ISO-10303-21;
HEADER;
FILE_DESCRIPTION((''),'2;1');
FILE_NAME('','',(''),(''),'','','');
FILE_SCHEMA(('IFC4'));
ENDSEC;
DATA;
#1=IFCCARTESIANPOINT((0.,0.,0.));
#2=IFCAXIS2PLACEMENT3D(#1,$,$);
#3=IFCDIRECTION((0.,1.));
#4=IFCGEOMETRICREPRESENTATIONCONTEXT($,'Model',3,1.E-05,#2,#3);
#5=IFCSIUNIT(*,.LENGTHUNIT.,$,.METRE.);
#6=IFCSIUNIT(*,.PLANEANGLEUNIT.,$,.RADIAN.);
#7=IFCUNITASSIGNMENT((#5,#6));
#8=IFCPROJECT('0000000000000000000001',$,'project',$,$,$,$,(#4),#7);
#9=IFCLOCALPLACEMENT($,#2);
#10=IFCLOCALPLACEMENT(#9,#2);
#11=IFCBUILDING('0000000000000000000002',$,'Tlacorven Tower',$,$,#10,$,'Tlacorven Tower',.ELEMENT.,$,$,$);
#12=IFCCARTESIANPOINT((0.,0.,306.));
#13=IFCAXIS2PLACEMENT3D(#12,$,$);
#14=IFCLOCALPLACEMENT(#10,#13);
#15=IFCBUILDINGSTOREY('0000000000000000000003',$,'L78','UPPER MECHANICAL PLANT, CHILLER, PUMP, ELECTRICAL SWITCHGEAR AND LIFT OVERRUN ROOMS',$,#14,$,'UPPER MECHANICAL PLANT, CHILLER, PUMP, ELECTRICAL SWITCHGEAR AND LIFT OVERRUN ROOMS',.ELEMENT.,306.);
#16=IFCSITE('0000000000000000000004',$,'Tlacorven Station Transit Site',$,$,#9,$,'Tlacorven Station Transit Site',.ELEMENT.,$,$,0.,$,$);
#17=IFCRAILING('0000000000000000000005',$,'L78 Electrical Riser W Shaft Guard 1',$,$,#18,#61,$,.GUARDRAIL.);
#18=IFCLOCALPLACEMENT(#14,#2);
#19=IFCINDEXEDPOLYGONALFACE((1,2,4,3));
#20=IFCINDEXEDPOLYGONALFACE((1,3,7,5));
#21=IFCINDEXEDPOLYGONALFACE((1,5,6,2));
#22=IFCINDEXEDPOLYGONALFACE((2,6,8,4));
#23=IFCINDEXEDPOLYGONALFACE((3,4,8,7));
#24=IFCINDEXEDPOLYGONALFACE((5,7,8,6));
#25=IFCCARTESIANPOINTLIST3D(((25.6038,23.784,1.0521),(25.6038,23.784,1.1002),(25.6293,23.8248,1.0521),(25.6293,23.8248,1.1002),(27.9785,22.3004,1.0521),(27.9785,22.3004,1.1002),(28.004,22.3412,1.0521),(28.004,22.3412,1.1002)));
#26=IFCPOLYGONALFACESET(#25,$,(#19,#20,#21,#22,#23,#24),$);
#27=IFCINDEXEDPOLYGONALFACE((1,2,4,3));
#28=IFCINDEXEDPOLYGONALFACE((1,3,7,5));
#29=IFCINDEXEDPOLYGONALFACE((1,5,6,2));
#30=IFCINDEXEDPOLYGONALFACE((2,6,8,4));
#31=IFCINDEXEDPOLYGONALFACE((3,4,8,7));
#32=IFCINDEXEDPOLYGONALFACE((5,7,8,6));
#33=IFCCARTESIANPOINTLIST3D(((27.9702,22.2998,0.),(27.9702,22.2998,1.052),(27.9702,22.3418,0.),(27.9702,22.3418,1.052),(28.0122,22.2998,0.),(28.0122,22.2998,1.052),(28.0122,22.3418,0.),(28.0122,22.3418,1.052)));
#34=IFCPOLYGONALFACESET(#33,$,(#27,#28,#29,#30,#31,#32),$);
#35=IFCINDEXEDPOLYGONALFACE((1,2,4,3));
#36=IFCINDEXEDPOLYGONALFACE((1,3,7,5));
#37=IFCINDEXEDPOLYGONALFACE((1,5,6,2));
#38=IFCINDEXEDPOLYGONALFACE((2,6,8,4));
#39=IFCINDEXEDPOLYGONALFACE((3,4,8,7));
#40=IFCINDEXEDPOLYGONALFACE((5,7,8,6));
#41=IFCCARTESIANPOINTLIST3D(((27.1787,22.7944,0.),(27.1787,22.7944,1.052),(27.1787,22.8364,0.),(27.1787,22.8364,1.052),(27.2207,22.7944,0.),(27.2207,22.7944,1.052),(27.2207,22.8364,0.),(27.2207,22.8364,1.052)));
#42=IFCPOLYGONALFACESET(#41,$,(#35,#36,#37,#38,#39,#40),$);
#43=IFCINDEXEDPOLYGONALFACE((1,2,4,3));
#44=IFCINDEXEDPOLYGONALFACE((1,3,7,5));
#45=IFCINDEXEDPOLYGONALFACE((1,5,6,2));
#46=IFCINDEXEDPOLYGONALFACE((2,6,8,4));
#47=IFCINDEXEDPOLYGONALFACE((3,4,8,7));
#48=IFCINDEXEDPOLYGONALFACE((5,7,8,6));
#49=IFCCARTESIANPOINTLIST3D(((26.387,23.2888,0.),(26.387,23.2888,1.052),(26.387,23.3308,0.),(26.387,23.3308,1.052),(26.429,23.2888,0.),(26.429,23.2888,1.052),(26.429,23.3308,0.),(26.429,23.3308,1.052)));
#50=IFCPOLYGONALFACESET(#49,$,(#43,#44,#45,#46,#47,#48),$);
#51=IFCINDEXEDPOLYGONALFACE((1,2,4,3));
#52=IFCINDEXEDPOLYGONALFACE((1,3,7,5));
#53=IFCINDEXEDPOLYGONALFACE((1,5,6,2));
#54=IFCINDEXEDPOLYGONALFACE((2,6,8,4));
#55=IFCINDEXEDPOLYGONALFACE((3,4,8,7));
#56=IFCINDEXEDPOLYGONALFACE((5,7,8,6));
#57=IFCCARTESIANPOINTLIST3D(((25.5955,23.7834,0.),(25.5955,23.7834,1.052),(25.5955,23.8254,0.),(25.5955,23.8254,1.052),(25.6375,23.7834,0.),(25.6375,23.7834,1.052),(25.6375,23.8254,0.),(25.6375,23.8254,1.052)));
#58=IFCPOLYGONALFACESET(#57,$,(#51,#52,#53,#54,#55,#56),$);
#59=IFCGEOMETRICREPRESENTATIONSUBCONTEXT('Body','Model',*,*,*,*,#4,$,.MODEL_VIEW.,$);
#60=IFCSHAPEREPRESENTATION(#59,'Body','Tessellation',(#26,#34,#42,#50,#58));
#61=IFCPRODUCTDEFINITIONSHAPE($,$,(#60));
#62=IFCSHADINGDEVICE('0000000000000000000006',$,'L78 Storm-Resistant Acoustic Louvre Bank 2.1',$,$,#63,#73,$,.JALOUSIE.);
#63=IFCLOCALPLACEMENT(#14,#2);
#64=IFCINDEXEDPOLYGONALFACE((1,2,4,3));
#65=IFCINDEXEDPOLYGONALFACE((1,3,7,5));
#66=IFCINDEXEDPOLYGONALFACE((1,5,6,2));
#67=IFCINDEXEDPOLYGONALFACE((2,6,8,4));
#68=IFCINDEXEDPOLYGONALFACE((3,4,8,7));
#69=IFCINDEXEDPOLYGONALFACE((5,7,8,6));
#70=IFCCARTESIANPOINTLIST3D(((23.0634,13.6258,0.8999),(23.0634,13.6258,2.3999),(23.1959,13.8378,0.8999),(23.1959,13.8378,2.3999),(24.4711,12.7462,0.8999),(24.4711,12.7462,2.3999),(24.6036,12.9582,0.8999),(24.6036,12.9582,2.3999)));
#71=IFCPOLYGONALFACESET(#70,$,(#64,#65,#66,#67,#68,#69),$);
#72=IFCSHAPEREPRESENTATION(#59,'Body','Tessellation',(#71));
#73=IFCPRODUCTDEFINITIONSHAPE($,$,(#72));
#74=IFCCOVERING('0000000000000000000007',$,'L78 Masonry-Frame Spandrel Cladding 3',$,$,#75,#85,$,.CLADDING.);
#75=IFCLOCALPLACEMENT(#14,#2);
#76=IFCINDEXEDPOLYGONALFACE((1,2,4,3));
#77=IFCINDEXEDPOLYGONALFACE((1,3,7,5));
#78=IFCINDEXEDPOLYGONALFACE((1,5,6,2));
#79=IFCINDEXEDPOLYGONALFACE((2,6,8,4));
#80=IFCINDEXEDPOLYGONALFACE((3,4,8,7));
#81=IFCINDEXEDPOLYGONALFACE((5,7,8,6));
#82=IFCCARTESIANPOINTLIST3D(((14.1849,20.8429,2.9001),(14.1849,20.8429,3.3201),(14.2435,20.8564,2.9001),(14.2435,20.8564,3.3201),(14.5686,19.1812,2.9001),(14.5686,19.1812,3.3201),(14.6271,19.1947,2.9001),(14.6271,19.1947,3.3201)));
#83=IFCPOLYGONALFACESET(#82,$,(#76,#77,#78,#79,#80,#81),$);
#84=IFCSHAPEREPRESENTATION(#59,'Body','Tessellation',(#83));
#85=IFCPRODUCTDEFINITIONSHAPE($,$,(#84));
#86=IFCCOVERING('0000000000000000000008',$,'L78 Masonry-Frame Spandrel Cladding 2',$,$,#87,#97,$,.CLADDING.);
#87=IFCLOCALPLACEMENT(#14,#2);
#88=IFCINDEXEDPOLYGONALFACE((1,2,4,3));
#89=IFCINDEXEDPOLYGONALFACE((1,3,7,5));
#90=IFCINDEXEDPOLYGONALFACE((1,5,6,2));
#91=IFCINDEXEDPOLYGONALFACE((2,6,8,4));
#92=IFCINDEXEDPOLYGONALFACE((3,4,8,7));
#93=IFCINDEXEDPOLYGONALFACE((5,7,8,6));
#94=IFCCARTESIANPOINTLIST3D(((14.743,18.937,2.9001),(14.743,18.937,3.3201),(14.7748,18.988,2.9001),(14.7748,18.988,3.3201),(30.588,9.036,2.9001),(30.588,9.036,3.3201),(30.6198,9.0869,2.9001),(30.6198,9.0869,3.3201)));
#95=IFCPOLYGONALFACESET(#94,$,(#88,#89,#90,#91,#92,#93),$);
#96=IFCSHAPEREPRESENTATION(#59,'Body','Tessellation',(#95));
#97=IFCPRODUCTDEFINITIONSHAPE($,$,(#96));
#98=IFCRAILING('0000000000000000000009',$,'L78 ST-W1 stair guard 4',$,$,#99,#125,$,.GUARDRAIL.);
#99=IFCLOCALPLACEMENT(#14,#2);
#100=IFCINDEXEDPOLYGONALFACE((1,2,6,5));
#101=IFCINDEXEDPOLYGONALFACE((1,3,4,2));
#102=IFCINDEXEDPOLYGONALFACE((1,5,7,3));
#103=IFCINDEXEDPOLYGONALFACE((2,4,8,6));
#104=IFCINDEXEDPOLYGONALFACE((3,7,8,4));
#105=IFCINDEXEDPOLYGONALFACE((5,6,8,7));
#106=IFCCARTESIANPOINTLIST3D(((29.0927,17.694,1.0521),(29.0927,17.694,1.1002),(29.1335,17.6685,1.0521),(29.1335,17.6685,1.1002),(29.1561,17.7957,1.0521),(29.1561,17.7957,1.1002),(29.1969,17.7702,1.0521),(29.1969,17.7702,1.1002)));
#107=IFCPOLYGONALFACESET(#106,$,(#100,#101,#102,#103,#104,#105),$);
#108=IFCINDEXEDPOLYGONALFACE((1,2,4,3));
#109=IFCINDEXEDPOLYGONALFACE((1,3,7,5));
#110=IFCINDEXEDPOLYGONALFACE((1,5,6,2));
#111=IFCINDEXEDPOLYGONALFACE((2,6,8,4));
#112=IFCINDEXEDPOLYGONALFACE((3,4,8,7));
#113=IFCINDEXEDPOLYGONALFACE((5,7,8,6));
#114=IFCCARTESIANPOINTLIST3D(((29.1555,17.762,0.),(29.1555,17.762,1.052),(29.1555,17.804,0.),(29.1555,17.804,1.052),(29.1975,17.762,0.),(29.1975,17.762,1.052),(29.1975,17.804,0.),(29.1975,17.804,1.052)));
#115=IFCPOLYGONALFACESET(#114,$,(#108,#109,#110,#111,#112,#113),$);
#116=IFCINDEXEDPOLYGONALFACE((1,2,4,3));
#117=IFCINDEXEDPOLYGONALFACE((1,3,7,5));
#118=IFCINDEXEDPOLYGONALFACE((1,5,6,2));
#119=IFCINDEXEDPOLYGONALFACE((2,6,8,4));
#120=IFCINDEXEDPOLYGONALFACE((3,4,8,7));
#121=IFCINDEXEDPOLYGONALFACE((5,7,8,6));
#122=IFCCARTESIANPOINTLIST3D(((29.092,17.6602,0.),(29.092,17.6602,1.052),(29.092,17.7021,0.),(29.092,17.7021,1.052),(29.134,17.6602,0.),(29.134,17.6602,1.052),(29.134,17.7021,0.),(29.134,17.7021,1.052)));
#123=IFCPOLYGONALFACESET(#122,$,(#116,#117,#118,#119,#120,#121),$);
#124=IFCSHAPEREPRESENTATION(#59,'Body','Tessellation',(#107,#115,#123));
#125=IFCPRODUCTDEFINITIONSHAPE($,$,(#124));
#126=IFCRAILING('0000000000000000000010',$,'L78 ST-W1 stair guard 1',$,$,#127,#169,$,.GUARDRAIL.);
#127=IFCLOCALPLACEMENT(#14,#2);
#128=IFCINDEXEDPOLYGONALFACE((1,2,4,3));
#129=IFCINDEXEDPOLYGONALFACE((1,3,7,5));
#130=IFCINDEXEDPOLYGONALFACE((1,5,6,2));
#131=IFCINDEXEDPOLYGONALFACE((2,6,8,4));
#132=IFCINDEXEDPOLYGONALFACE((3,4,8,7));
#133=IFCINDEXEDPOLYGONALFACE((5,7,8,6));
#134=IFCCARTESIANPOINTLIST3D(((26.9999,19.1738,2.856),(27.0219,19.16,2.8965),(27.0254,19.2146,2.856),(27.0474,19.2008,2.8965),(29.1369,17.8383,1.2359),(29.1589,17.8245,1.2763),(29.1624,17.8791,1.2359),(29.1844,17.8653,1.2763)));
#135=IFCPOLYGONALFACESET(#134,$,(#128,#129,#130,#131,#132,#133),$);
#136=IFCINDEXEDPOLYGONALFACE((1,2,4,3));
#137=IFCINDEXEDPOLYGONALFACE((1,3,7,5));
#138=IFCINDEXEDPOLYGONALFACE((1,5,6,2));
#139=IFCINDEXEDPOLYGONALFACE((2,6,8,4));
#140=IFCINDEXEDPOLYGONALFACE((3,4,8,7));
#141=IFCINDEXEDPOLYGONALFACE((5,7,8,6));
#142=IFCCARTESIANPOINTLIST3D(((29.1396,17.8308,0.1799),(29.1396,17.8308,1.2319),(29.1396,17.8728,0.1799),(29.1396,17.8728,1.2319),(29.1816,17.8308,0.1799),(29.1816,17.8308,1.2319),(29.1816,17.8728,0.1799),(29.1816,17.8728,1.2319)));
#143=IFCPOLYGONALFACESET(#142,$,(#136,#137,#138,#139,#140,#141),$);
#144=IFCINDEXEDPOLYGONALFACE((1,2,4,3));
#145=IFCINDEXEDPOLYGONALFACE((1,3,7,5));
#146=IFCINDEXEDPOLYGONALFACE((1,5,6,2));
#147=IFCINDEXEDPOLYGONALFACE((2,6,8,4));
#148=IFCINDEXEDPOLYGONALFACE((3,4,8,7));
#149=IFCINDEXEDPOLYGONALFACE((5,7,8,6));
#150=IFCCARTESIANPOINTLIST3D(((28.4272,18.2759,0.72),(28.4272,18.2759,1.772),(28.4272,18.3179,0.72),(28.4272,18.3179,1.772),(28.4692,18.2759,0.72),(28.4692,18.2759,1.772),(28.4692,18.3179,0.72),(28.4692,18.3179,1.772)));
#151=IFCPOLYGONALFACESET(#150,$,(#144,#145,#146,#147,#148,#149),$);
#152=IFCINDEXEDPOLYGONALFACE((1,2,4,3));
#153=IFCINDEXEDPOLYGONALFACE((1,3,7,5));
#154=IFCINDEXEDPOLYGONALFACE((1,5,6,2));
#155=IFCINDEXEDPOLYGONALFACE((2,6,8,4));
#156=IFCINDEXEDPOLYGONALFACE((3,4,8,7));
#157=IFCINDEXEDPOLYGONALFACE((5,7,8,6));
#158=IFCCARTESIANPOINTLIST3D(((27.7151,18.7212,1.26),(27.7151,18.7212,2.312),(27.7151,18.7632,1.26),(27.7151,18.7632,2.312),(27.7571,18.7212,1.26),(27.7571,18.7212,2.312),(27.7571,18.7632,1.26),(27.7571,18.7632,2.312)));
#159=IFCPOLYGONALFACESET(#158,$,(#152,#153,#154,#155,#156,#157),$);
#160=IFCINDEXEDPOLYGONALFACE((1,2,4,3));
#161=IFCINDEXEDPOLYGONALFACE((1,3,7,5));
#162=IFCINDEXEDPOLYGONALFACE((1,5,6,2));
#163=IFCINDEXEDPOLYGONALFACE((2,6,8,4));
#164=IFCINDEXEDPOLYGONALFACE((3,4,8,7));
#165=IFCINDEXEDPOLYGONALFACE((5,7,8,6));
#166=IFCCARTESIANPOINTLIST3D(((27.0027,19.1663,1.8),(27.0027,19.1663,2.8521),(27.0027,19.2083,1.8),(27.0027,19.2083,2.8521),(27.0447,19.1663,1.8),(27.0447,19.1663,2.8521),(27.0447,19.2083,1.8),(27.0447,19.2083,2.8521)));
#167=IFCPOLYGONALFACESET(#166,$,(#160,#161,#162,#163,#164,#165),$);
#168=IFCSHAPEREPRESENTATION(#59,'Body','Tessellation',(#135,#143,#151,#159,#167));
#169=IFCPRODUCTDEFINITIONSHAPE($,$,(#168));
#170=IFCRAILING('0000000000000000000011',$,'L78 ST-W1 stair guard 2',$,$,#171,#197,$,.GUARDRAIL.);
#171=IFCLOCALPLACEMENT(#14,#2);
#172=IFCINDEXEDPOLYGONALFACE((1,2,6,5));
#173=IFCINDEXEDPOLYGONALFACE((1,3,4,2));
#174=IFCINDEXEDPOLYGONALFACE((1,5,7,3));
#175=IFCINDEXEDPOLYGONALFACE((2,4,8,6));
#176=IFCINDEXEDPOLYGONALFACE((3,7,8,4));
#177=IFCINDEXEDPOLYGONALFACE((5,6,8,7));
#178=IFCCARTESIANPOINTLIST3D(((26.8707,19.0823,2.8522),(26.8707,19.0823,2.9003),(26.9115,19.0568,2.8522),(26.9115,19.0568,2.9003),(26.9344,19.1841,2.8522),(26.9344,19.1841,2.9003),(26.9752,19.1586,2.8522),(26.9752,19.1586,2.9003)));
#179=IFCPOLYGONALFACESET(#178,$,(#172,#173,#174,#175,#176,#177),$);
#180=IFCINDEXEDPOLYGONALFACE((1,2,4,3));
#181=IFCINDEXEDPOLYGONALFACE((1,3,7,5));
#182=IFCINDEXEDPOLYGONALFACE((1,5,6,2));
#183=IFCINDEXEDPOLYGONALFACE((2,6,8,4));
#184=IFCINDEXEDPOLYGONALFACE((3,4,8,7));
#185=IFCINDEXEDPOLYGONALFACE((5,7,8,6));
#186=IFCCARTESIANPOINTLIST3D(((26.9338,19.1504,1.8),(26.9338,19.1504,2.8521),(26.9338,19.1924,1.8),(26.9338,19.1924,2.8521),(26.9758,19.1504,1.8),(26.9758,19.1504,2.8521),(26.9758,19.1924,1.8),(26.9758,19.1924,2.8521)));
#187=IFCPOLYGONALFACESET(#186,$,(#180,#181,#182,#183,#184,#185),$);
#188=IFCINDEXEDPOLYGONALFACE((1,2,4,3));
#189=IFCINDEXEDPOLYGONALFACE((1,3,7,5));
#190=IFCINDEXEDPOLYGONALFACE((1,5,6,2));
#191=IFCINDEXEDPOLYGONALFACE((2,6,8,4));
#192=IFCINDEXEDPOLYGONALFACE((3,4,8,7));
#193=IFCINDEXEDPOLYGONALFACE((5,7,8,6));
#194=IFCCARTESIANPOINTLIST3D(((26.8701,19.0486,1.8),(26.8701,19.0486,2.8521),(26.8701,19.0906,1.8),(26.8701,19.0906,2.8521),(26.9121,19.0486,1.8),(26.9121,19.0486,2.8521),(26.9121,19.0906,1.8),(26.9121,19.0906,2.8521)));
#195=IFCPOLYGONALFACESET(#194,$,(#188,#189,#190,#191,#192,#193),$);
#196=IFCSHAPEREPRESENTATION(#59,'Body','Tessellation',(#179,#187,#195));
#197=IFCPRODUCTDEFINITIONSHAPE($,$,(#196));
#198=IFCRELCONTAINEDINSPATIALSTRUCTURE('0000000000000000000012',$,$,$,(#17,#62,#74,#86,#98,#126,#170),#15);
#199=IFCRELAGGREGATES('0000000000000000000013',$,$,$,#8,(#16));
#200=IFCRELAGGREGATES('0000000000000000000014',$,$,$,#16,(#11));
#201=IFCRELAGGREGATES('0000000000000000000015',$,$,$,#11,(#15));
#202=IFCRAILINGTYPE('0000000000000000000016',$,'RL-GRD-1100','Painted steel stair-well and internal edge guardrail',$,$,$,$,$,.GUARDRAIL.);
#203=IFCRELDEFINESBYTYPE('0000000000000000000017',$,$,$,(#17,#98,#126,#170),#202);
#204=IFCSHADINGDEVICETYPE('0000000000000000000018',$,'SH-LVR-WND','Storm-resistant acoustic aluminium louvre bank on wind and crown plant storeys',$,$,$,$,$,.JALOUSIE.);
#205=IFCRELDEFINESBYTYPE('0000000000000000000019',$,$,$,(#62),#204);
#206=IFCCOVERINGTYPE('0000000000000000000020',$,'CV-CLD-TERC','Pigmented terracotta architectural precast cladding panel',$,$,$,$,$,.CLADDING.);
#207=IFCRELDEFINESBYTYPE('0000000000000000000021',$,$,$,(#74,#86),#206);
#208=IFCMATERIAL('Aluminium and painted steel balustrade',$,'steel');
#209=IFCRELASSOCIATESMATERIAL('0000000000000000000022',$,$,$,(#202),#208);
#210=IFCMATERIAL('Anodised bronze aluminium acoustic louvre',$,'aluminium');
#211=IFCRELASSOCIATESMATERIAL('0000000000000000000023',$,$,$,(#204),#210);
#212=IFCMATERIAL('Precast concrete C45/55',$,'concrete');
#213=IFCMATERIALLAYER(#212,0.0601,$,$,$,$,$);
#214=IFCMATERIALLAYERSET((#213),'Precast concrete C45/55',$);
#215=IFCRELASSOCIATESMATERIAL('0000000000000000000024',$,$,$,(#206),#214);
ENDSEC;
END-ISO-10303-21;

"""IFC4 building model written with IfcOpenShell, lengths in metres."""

from ifc_helpers import new_model, si_unit, direction, frame, origin, origin_2d, place, context, subcontext, project, spatial, rectangle, extrude, source, transform, mapped, material, layer, layer_set, type_object, element, save


model = new_model("IFC4")

# Units and contexts
model_context = context("Model", 3, precision=1e-05, world=origin(), true_north=direction((0.0, 1.0)))
body_context = subcontext(model_context, "Body", "Model", "MODEL_VIEW")
ifc_project = project(units=[si_unit("LENGTHUNIT", "METRE"), si_unit("PLANEANGLEUNIT", "RADIAN")], contexts=[model_context])

# Site, building, storey
site_placement = place(None, origin())
site = spatial("IfcSite", under=ifc_project, at=site_placement, Name="Tlacorven Station Transit Site", LongName="Tlacorven Station Transit Site", CompositionType="ELEMENT", RefElevation=0.0)
building_placement = place(site_placement, origin())
building = spatial("IfcBuilding", under=site, at=building_placement, Name="Tlacorven Tower", LongName="Tlacorven Tower", CompositionType="ELEMENT")
storey_placement = place(building_placement, frame((0.0, 0.0, 306.0)))
storey = spatial("IfcBuildingStorey", under=building, at=storey_placement, Name="L78", Description="UPPER MECHANICAL PLANT, CHILLER, PUMP, ELECTRICAL SWITCHGEAR AND LIFT OVERRUN ROOMS", LongName="UPPER MECHANICAL PLANT, CHILLER, PUMP, ELECTRICAL SWITCHGEAR AND LIFT OVERRUN ROOMS", CompositionType="ELEMENT", Elevation=306.0)

# Shared definitions
ifc_material_1 = material(Name="Precast concrete C45/55", Category="concrete")

# Railing
ifc_material_2 = material(Name="Aluminium and painted steel balustrade", Category="steel")
railing_type_1 = type_object("IfcRailingType", Name="RL-GRD-1100", Description="Painted steel stair-well and internal edge guardrail", PredefinedType="GUARDRAIL", material=ifc_material_2)
shared_shape_1 = source(origin(), body_context, "Body", "SweptSolid", [
    extrude(rectangle(XDim=0.0481, YDim=0.0481, at=origin_2d()), frame((0.0, 0.0, 1.0762), z_axis=(-0.848091, 0.52985, 0.0), x_axis=(-0.52985, -0.848091, 0.0)), (0.0, 0.0, 1.0), 2.8),
    extrude(rectangle(XDim=0.042, YDim=0.042, at=origin_2d()), origin(), (0.0, 0.0, 1.0), 1.052),
    extrude(rectangle(XDim=0.042, YDim=0.042, at=origin_2d()), frame((-0.7915, 0.4946, 0.0)), (0.0, 0.0, 1.0), 1.052),
    extrude(rectangle(XDim=0.042, YDim=0.042, at=origin_2d()), frame((-1.5833, 0.989, 0.0)), (0.0, 0.0, 1.0), 1.052),
    extrude(rectangle(XDim=0.042, YDim=0.042, at=origin_2d()), frame((-2.3748, 1.4836, 0.0)), (0.0, 0.0, 1.0), 1.052),
])
railing_1_placement = place(storey_placement, frame((27.9912, 22.3208, 0.0)))
element("IfcRailing", 1, at=railing_1_placement, inside=storey, type_object=railing_type_1, Name="L78 Electrical Riser W Shaft Guard 1", PredefinedType="GUARDRAIL", context=body_context, shape_type="MappedRepresentation", body=[
    mapped(shared_shape_1, transform((0.0, 0.0, 0.0), scale=1.0)),
])

# Shading device
ifc_material_3 = material(Name="Anodised bronze aluminium acoustic louvre", Category="aluminium")
shading_device_type = type_object("IfcShadingDeviceType", Name="SH-LVR-WND", Description="Storm-resistant acoustic aluminium louvre bank on wind and crown plant storeys", PredefinedType="JALOUSIE", material=ifc_material_3)
shared_shape_2 = source(origin(), body_context, "Body", "SweptSolid", [
    extrude(rectangle(XDim=1.6599, YDim=0.25, at=origin_2d()), origin(), (0.0, 0.0, 1.0), 1.5),
])
shading_device_placement = place(storey_placement, frame((23.8335, 13.292, 0.8999), z_axis=(0.0, 0.0, 1.0), x_axis=(-0.848048, 0.529919, 0.0)))
element("IfcShadingDevice", 2, at=shading_device_placement, inside=storey, type_object=shading_device_type, Name="L78 Storm-Resistant Acoustic Louvre Bank 2.1", PredefinedType="JALOUSIE", context=body_context, shape_type="MappedRepresentation", body=[
    mapped(shared_shape_2, transform((0.0, 0.0, 0.0), scale=1.0)),
])

# Coverings
ifc_layer_1 = layer(ifc_material_1, 0.0601)
ifc_layer_set_1 = layer_set([ifc_layer_1], Name="Precast concrete C45/55")
covering_type_1 = type_object("IfcCoveringType", Name="CV-CLD-TERC", Description="Pigmented terracotta architectural precast cladding panel", PredefinedType="CLADDING", material=ifc_layer_set_1)
shared_shape_3 = source(origin(), body_context, "Body", "SweptSolid", [
    extrude(rectangle(XDim=1.7053, YDim=0.0601, at=origin_2d()), origin(), (0.0, 0.0, 1.0), 0.4199),
])
covering_1_placement = place(storey_placement, frame((14.406, 20.0188, 2.9001), z_axis=(0.0, 0.0, 1.0), x_axis=(-0.224954, 0.974369, 0.0)))
element("IfcCovering", 3, at=covering_1_placement, inside=storey, type_object=covering_type_1, Name="L78 Masonry-Frame Spandrel Cladding 3", PredefinedType="CLADDING", context=body_context, shape_type="MappedRepresentation", body=[
    mapped(shared_shape_3, transform((0.0, 0.0, 0.0), scale=1.0)),
])
shared_shape_4 = source(origin(), body_context, "Body", "SweptSolid", [
    extrude(rectangle(XDim=18.6841, YDim=0.0601, at=origin_2d()), origin(), (0.0, 0.0, 1.0), 0.4199),
])
covering_2_placement = place(storey_placement, frame((22.6814, 14.012, 2.9001), z_axis=(0.0, 0.0, 1.0), x_axis=(-0.848048, 0.529919, 0.0)))
element("IfcCovering", 4, at=covering_2_placement, inside=storey, type_object=covering_type_1, Name="L78 Masonry-Frame Spandrel Cladding 2", PredefinedType="CLADDING", context=body_context, shape_type="MappedRepresentation", body=[
    mapped(shared_shape_4, transform((0.0, 0.0, 0.0), scale=1.0)),
])

# Railings
shared_shape_5 = source(origin(), body_context, "Body", "SweptSolid", [
    extrude(rectangle(XDim=0.0481, YDim=0.0481, at=origin_2d()), frame((0.0, 0.0, 1.0762), z_axis=(-0.529084, -0.848569, 0.0), x_axis=(0.848569, -0.529084, 0.0)), (0.0, 0.0, 1.0), 0.1199),
    extrude(rectangle(XDim=0.042, YDim=0.042, at=origin_2d()), origin(), (0.0, 0.0, 1.0), 1.052),
    extrude(rectangle(XDim=0.042, YDim=0.042, at=origin_2d()), frame((-0.0635, -0.1018, 0.0)), (0.0, 0.0, 1.0), 1.052),
])
railing_2_placement = place(storey_placement, frame((29.1765, 17.783, 0.0)))
element("IfcRailing", 5, at=railing_2_placement, inside=storey, type_object=railing_type_1, Name="L78 ST-W1 stair guard 4", PredefinedType="GUARDRAIL", context=body_context, shape_type="MappedRepresentation", body=[
    mapped(shared_shape_5, transform((0.0, 0.0, 0.0), scale=1.0)),
])
shared_shape_6 = source(origin(), body_context, "Body", "SweptSolid", [
    extrude(rectangle(XDim=0.0481, YDim=0.0481, at=origin_2d()), frame((0.0, 0.0, 1.0762), z_axis=(-0.71332, 0.445774, 0.540796), x_axis=(-0.529955, -0.848026, 0.0)), (0.0, 0.0, 1.0), 2.9958),
    extrude(rectangle(XDim=0.042, YDim=0.042, at=origin_2d()), origin(), (0.0, 0.0, 1.0), 1.052),
    extrude(rectangle(XDim=0.042, YDim=0.042, at=origin_2d()), frame((-0.7124, 0.4451, 0.54)), (0.0, 0.0, 1.0), 1.052),
    extrude(rectangle(XDim=0.042, YDim=0.042, at=origin_2d()), frame((-1.4246, 0.8904, 1.0801)), (0.0, 0.0, 1.0), 1.052),
    extrude(rectangle(XDim=0.042, YDim=0.042, at=origin_2d()), frame((-2.137, 1.3354, 1.6201)), (0.0, 0.0, 1.0), 1.052),
])
railing_3_placement = place(storey_placement, frame((29.1606, 17.8518, 0.1799)))
element("IfcRailing", 6, at=railing_3_placement, inside=storey, type_object=railing_type_1, Name="L78 ST-W1 stair guard 1", PredefinedType="GUARDRAIL", context=body_context, shape_type="MappedRepresentation", body=[
    mapped(shared_shape_6, transform((0.0, 0.0, 0.0), scale=1.0)),
])
shared_shape_7 = source(origin(), body_context, "Body", "SweptSolid", [
    extrude(rectangle(XDim=0.0481, YDim=0.0481, at=origin_2d()), frame((0.0, 0.0, 1.0762), z_axis=(-0.530547, -0.847656, 0.0), x_axis=(0.847656, -0.530547, 0.0)), (0.0, 0.0, 1.0), 0.1201),
    extrude(rectangle(XDim=0.042, YDim=0.042, at=origin_2d()), origin(), (0.0, 0.0, 1.0), 1.052),
    extrude(rectangle(XDim=0.042, YDim=0.042, at=origin_2d()), frame((-0.0637, -0.1018, 0.0)), (0.0, 0.0, 1.0), 1.052),
])
railing_4_placement = place(storey_placement, frame((26.9548, 19.1714, 1.8)))
element("IfcRailing", 7, at=railing_4_placement, inside=storey, type_object=railing_type_1, Name="L78 ST-W1 stair guard 2", PredefinedType="GUARDRAIL", context=body_context, shape_type="MappedRepresentation", body=[
    mapped(shared_shape_7, transform((0.0, 0.0, 0.0), scale=1.0)),
])

save(model, "model.ifc")
